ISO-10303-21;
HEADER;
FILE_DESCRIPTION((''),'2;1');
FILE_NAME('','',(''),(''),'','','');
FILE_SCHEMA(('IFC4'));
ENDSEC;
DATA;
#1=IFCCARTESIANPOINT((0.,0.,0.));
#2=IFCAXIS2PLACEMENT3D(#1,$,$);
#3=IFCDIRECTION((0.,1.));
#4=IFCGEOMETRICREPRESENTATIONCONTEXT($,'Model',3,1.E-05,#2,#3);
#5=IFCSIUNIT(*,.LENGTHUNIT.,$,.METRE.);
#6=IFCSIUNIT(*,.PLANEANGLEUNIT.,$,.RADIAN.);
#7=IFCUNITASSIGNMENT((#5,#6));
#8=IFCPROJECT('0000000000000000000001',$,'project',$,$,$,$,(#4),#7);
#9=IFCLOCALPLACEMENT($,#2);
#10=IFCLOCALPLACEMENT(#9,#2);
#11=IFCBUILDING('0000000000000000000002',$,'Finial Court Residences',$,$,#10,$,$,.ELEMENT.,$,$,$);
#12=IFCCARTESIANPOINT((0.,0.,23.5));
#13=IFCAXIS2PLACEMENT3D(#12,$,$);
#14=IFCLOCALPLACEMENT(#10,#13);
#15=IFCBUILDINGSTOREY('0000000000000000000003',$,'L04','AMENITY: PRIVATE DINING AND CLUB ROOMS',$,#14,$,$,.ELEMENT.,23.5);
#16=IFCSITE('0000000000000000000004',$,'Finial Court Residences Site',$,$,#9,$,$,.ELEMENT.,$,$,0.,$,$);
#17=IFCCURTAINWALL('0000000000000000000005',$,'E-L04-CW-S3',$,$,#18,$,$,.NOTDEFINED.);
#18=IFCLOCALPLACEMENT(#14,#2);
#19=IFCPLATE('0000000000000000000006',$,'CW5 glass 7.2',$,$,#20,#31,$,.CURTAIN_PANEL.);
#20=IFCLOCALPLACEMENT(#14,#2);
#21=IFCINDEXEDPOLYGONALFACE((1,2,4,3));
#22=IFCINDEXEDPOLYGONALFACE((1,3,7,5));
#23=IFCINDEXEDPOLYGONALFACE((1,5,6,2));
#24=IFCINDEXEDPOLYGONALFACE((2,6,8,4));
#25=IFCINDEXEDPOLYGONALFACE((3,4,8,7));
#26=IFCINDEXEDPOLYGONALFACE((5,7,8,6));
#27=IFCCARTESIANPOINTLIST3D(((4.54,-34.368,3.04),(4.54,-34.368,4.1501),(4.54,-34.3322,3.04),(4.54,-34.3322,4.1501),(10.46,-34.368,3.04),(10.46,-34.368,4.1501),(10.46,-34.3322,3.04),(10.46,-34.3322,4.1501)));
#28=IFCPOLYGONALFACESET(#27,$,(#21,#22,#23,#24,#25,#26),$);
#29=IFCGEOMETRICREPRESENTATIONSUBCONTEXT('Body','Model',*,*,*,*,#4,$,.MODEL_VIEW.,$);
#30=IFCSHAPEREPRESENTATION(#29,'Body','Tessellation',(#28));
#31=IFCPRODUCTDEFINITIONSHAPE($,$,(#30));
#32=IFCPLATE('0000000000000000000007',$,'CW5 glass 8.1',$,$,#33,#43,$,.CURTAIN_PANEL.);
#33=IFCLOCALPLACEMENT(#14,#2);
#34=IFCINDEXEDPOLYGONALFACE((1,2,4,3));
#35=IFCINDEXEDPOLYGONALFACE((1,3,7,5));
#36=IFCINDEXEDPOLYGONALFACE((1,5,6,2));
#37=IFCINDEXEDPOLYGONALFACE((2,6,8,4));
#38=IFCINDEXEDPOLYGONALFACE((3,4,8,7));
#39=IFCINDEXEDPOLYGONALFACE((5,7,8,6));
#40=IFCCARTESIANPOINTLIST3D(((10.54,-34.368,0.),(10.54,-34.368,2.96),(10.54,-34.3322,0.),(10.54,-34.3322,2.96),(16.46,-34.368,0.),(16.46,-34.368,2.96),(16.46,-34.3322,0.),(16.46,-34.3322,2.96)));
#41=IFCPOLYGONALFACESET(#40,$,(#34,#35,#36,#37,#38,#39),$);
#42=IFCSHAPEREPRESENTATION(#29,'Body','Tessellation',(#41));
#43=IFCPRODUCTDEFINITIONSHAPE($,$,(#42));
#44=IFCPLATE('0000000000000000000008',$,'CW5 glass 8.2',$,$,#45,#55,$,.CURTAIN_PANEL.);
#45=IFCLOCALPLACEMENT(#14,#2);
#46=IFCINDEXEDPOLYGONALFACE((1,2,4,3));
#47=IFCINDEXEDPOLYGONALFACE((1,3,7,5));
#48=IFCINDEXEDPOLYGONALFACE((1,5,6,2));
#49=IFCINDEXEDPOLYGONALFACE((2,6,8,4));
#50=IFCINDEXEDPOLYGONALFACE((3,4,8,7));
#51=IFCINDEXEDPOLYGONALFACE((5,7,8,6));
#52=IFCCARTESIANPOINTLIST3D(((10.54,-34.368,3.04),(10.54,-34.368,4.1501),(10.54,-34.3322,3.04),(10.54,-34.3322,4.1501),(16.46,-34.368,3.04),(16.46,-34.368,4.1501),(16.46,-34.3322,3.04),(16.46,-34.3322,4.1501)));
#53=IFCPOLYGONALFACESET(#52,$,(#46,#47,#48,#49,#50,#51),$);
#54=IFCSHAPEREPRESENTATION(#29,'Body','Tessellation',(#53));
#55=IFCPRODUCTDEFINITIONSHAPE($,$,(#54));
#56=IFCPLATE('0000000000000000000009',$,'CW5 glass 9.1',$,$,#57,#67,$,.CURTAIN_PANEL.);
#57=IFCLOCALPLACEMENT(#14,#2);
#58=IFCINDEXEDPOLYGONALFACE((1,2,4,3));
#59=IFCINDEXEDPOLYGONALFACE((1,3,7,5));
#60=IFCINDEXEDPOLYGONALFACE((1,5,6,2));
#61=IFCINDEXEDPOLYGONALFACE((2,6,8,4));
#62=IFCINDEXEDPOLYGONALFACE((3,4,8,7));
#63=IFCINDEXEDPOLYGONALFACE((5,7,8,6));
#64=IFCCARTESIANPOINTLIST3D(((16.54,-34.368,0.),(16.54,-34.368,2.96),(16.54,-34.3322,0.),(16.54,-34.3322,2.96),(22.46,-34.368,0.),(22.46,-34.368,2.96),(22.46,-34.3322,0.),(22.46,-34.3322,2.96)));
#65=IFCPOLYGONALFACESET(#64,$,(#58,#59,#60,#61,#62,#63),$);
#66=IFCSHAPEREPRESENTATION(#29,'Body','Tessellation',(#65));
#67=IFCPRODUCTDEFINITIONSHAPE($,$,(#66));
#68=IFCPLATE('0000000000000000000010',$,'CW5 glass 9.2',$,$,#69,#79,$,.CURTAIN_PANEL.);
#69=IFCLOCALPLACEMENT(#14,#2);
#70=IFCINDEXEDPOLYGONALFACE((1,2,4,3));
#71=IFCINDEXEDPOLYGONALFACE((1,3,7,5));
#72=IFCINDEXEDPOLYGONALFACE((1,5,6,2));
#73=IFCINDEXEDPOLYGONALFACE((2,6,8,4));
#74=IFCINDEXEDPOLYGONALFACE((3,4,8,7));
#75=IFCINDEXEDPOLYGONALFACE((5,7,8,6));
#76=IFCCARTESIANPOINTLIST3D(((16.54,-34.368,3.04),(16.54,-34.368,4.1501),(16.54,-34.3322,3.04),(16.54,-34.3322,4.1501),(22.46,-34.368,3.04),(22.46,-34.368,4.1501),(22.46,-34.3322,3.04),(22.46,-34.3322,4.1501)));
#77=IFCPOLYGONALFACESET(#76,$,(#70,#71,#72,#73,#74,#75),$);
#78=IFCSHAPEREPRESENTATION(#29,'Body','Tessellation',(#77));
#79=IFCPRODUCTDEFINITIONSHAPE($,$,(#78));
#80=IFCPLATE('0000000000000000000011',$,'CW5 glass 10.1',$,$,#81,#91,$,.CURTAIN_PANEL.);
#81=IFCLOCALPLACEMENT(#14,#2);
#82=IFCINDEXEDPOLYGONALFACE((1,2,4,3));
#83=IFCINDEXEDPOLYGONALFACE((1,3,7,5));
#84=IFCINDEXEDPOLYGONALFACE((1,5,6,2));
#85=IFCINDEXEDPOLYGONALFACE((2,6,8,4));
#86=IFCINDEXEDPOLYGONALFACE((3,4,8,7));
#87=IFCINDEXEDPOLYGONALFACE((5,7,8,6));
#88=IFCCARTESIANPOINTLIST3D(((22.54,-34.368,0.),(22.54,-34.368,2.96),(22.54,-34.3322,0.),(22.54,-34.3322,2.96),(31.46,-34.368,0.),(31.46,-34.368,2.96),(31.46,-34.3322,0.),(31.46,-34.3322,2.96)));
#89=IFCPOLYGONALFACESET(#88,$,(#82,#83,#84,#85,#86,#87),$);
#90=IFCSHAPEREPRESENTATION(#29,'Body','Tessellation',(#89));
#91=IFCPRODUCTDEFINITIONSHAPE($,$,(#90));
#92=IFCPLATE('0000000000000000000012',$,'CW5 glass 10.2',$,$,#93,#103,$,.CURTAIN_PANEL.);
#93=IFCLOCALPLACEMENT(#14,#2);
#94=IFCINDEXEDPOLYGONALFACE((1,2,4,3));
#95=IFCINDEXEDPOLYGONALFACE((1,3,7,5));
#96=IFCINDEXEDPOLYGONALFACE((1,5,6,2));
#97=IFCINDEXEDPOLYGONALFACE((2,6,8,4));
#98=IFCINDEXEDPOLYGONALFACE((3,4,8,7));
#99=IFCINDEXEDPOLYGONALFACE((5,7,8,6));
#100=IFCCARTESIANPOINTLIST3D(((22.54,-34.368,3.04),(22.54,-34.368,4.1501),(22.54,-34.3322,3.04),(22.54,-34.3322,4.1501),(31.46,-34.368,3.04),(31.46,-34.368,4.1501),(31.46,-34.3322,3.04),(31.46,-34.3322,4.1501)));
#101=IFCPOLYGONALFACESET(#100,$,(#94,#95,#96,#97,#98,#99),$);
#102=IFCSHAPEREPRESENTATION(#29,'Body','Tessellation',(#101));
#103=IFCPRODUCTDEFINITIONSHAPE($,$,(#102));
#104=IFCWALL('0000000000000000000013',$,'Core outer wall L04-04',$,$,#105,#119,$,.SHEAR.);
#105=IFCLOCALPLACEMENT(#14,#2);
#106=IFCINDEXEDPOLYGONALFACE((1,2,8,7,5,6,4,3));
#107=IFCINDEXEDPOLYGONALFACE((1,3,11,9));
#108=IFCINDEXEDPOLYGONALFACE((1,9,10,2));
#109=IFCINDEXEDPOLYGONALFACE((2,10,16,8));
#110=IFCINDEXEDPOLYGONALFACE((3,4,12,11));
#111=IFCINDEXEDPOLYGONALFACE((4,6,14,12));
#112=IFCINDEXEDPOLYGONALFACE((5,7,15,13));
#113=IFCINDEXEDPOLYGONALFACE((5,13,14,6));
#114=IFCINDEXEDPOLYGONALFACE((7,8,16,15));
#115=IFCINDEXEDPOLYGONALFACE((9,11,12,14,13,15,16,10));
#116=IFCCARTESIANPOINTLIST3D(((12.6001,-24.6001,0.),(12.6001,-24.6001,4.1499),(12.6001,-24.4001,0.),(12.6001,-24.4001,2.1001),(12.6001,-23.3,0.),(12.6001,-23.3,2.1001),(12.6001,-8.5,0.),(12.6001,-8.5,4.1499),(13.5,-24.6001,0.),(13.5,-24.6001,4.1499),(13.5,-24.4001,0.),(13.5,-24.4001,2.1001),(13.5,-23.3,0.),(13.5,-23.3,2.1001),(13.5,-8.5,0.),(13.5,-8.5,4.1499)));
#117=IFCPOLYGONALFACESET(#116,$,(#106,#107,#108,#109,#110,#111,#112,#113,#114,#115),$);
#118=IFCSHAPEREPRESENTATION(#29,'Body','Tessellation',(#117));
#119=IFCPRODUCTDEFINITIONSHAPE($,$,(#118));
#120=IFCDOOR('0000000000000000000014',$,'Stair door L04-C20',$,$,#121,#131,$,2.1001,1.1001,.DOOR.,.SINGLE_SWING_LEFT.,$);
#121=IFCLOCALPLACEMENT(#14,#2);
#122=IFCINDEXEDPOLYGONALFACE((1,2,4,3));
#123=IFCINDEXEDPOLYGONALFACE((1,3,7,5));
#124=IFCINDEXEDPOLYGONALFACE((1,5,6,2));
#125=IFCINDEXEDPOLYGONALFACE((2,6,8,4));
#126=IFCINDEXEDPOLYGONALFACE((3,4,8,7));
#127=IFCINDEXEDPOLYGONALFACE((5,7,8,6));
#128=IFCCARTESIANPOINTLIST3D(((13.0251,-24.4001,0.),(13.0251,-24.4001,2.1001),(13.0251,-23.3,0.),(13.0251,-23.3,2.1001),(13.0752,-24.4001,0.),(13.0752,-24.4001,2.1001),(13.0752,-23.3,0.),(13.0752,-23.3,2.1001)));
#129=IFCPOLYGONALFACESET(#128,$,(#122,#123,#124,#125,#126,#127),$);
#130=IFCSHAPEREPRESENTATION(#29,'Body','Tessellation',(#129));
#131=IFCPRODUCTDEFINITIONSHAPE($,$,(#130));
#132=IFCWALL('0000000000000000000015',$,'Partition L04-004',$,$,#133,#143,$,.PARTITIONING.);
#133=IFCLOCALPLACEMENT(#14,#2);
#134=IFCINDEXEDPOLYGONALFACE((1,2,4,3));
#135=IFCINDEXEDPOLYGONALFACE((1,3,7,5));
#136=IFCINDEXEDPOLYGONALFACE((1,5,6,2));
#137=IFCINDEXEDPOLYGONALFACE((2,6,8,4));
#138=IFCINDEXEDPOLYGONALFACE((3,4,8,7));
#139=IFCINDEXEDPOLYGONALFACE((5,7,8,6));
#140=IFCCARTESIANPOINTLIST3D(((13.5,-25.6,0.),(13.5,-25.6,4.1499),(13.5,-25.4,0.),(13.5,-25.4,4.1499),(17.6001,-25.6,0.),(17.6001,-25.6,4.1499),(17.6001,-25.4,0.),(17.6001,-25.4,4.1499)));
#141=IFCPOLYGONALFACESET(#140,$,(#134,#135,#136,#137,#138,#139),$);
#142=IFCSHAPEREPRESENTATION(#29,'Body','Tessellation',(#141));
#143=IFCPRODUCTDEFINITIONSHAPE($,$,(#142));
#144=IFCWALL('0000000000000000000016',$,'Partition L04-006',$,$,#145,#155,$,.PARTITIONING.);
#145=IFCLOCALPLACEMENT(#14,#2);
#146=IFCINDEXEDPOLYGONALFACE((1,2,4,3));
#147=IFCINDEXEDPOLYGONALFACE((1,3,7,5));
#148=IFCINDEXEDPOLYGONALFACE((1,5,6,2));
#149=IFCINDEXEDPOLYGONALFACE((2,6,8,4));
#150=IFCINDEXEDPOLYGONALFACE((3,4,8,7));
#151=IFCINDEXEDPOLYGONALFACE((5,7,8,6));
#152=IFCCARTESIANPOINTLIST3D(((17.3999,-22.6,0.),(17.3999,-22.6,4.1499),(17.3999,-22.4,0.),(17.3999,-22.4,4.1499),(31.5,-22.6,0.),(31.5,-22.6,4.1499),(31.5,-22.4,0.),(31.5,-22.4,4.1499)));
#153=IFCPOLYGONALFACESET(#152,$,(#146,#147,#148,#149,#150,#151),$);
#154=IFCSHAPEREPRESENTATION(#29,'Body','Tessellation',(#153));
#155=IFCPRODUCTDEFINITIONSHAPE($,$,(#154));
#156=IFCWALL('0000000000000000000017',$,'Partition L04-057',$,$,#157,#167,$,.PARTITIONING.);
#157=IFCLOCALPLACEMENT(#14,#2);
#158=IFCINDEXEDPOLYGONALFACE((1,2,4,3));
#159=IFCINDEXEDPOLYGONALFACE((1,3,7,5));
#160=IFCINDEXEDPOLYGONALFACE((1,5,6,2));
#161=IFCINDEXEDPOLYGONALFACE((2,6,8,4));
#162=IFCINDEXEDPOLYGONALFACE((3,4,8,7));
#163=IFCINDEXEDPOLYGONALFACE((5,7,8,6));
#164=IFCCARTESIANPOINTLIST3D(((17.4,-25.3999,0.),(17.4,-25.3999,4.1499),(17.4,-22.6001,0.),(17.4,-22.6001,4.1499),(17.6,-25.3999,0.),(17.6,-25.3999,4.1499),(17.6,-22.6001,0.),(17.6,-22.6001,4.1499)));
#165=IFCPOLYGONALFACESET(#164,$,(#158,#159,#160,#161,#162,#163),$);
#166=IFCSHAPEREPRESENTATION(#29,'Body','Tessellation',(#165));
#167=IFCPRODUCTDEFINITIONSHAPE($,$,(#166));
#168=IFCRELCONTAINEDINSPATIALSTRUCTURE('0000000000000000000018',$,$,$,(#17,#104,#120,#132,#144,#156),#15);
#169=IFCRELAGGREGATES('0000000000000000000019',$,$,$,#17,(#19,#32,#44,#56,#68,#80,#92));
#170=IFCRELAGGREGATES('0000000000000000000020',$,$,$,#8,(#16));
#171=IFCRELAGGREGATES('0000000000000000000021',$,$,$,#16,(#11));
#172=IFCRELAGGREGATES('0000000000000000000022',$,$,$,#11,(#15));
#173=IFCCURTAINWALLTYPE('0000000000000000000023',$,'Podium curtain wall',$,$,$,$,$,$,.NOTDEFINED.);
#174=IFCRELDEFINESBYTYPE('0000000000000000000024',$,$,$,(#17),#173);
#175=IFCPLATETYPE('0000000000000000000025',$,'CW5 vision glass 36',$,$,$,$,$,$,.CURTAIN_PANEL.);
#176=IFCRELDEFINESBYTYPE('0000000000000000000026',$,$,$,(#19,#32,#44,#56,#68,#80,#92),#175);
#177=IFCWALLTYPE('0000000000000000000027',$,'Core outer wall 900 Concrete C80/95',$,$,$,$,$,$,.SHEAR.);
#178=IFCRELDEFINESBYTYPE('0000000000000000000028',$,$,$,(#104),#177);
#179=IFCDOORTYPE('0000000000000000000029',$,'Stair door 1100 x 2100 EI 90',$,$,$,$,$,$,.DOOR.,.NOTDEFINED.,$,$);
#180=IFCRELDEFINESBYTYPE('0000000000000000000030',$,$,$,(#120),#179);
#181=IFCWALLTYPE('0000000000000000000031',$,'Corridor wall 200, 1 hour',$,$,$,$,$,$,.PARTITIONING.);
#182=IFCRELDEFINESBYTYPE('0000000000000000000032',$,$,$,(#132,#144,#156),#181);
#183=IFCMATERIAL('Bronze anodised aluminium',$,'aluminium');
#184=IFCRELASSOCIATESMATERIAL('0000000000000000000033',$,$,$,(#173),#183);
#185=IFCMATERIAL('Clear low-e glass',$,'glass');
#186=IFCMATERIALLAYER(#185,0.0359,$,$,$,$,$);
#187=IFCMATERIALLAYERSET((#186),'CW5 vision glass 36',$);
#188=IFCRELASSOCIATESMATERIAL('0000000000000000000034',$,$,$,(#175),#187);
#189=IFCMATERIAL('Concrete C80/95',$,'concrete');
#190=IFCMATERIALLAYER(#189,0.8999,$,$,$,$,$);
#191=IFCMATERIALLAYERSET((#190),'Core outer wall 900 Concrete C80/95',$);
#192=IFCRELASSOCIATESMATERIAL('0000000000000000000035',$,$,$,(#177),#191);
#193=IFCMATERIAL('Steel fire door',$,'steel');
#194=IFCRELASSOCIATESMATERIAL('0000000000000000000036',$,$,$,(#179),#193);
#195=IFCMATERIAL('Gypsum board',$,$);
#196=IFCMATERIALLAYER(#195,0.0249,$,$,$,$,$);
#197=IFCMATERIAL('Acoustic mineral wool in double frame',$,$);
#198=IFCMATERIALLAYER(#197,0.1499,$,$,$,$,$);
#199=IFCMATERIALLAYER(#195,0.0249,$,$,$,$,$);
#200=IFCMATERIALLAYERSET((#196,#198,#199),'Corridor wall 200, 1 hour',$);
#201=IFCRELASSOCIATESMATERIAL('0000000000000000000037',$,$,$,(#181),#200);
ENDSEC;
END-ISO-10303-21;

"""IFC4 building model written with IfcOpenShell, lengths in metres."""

from ifc_helpers import new_model, si_unit, direction, frame, frame_2d, origin, origin_2d, place, context, subcontext, project, spatial, rectangle, extrude, material, layer, layer_set, type_object, element, fill, aggregate, save


model = new_model("IFC4")

# Units and contexts
model_context = context("Model", 3, precision=1e-05, world=origin(), true_north=direction((0.0, 1.0)))
body_context = subcontext(model_context, "Body", "Model", "MODEL_VIEW")
ifc_project = project(units=[si_unit("LENGTHUNIT", "METRE"), si_unit("PLANEANGLEUNIT", "RADIAN")], contexts=[model_context])

# Site, building, storey
site_placement = place(None, origin())
site = spatial("IfcSite", under=ifc_project, at=site_placement, Name="Finial Court Residences Site", CompositionType="ELEMENT", RefElevation=0.0)
building_placement = place(site_placement, origin())
building = spatial("IfcBuilding", under=site, at=building_placement, Name="Finial Court Residences", CompositionType="ELEMENT")
storey_placement = place(building_placement, frame((0.0, 0.0, 23.5)))
storey = spatial("IfcBuildingStorey", under=building, at=storey_placement, Name="L04", Description="AMENITY: PRIVATE DINING AND CLUB ROOMS", CompositionType="ELEMENT", Elevation=23.5)

# Shared definitions
ifc_material_1 = material(Name="Concrete C80/95", Category="concrete")

# Curtain wall, plates
ifc_material_2 = material(Name="Bronze anodised aluminium", Category="aluminium")
curtain_wall_type = type_object("IfcCurtainWallType", Name="Podium curtain wall", PredefinedType="NOTDEFINED", material=ifc_material_2)
curtain_wall_placement = place(storey_placement, origin())
curtain_wall = element("IfcCurtainWall", 1, at=curtain_wall_placement, inside=storey, type_object=curtain_wall_type, Name="E-L04-CW-S3", PredefinedType="NOTDEFINED")
ifc_material_3 = material(Name="Clear low-e glass", Category="glass")
ifc_layer_1 = layer(ifc_material_3, 0.0359)
ifc_layer_set_1 = layer_set([ifc_layer_1], Name="CW5 vision glass 36")
plate_type = type_object("IfcPlateType", Name="CW5 vision glass 36", PredefinedType="CURTAIN_PANEL", material=ifc_layer_set_1)
plate_1_placement = place(storey_placement, frame((7.5, -34.3501, 3.04), z_axis=(0.0, 0.0, 1.0), x_axis=(1.0, 0.0, 0.0)))
plate_1 = element("IfcPlate", 2, at=plate_1_placement, type_object=plate_type, Name="CW5 glass 7.2", PredefinedType="CURTAIN_PANEL", context=body_context, shape_type="SweptSolid", body=[
    extrude(rectangle(XDim=5.9199, YDim=0.0359, at=origin_2d()), origin(), (0.0, 0.0, 1.0), 1.1101),
])
plate_2_placement = place(storey_placement, frame((13.5, -34.3501, 0.0), z_axis=(0.0, 0.0, 1.0), x_axis=(1.0, 0.0, 0.0)))
plate_2 = element("IfcPlate", 3, at=plate_2_placement, type_object=plate_type, Name="CW5 glass 8.1", PredefinedType="CURTAIN_PANEL", context=body_context, shape_type="SweptSolid", body=[
    extrude(rectangle(XDim=5.9199, YDim=0.0359, at=origin_2d()), origin(), (0.0, 0.0, 1.0), 2.96),
])
plate_3_placement = place(storey_placement, frame((13.5, -34.3501, 3.04), z_axis=(0.0, 0.0, 1.0), x_axis=(1.0, 0.0, 0.0)))
plate_3 = element("IfcPlate", 4, at=plate_3_placement, type_object=plate_type, Name="CW5 glass 8.2", PredefinedType="CURTAIN_PANEL", context=body_context, shape_type="SweptSolid", body=[
    extrude(rectangle(XDim=5.9199, YDim=0.0359, at=origin_2d()), origin(), (0.0, 0.0, 1.0), 1.1101),
])
plate_4_placement = place(storey_placement, frame((19.5, -34.3501, 0.0), z_axis=(0.0, 0.0, 1.0), x_axis=(1.0, 0.0, 0.0)))
plate_4 = element("IfcPlate", 5, at=plate_4_placement, type_object=plate_type, Name="CW5 glass 9.1", PredefinedType="CURTAIN_PANEL", context=body_context, shape_type="SweptSolid", body=[
    extrude(rectangle(XDim=5.9199, YDim=0.0359, at=origin_2d()), origin(), (0.0, 0.0, 1.0), 2.96),
])
plate_5_placement = place(storey_placement, frame((19.5, -34.3501, 3.04), z_axis=(0.0, 0.0, 1.0), x_axis=(1.0, 0.0, 0.0)))
plate_5 = element("IfcPlate", 6, at=plate_5_placement, type_object=plate_type, Name="CW5 glass 9.2", PredefinedType="CURTAIN_PANEL", context=body_context, shape_type="SweptSolid", body=[
    extrude(rectangle(XDim=5.9199, YDim=0.0359, at=origin_2d()), origin(), (0.0, 0.0, 1.0), 1.1101),
])
plate_6_placement = place(storey_placement, frame((27.0, -34.3501, 0.0), z_axis=(0.0, 0.0, 1.0), x_axis=(1.0, 0.0, 0.0)))
plate_6 = element("IfcPlate", 7, at=plate_6_placement, type_object=plate_type, Name="CW5 glass 10.1", PredefinedType="CURTAIN_PANEL", context=body_context, shape_type="SweptSolid", body=[
    extrude(rectangle(XDim=8.9199, YDim=0.0359, at=origin_2d()), origin(), (0.0, 0.0, 1.0), 2.96),
])
plate_7_placement = place(storey_placement, frame((27.0, -34.3501, 3.04), z_axis=(0.0, 0.0, 1.0), x_axis=(1.0, 0.0, 0.0)))
plate_7 = element("IfcPlate", 8, at=plate_7_placement, type_object=plate_type, Name="CW5 glass 10.2", PredefinedType="CURTAIN_PANEL", context=body_context, shape_type="SweptSolid", body=[
    extrude(rectangle(XDim=8.9199, YDim=0.0359, at=origin_2d()), origin(), (0.0, 0.0, 1.0), 1.1101),
])
aggregate(curtain_wall, [plate_1, plate_2, plate_3, plate_4, plate_5, plate_6, plate_7])

# Wall, opening, door
ifc_layer_2 = layer(ifc_material_1, 0.8999)
ifc_layer_set_2 = layer_set([ifc_layer_2], Name="Core outer wall 900 Concrete C80/95")
wall_type_1 = type_object("IfcWallType", Name="Core outer wall 900 Concrete C80/95", PredefinedType="SHEAR", material=ifc_layer_set_2)
wall_1_placement = place(storey_placement, frame((13.05, -24.6001, 0.0), z_axis=(0.0, 0.0, 1.0), x_axis=(0.0, 1.0, 0.0)))
wall_1 = element("IfcWall", 9, at=wall_1_placement, inside=storey, type_object=wall_type_1, Name="Core outer wall L04-04", PredefinedType="SHEAR", context=body_context, shape_type="SweptSolid", body=[
    extrude(rectangle(XDim=16.1001, YDim=0.8999, at=frame_2d((8.05, 0.0))), origin(), (0.0, 0.0, 1.0), 4.1499),
])
opening_1_placement = place(wall_1_placement, frame((0.2, 0.0, 0.0)))
opening_1 = element("IfcOpeningElement", 10, at=opening_1_placement, cuts=wall_1, PredefinedType="OPENING", context=body_context, shape_type="SweptSolid", body=[
    extrude(rectangle(XDim=1.1001, YDim=2.1001, at=frame_2d((0.55, 1.05))), frame((0.0, 0.46, 0.0), z_axis=(0.0, -1.0, 0.0), x_axis=(1.0, 0.0, 0.0)), (0.0, 0.0, 1.0), 0.9199),
])
ifc_material_4 = material(Name="Steel fire door", Category="steel")
door_type_1 = type_object("IfcDoorType", Name="Stair door 1100 x 2100 EI 90", OperationType="NOTDEFINED", PredefinedType="DOOR", material=ifc_material_4)
door_1_placement = place(opening_1_placement, origin())
door_1 = element("IfcDoor", 11, at=door_1_placement, inside=storey, type_object=door_type_1, Name="Stair door L04-C20", OperationType="SINGLE_SWING_LEFT", OverallHeight=2.1001, OverallWidth=1.1001, PredefinedType="DOOR", context=body_context, shape_type="SweptSolid", body=[
    extrude(rectangle(XDim=1.1001, YDim=2.1001, at=frame_2d((0.55, 1.05))), frame((0.0, 0.0249, 0.0), z_axis=(0.0, -1.0, 0.0), x_axis=(1.0, 0.0, 0.0)), (0.0, 0.0, 1.0), 0.05),
])
fill(opening_1, door_1)

# Walls
ifc_material_5 = material(Name="Gypsum board")
ifc_layer_3 = layer(ifc_material_5, 0.0249)
ifc_material_6 = material(Name="Acoustic mineral wool in double frame")
ifc_layer_4 = layer(ifc_material_6, 0.1499)
ifc_layer_5 = layer(ifc_material_5, 0.0249)
ifc_layer_set_3 = layer_set([ifc_layer_3, ifc_layer_4, ifc_layer_5], Name="Corridor wall 200, 1 hour")
wall_type_2 = type_object("IfcWallType", Name="Corridor wall 200, 1 hour", PredefinedType="PARTITIONING", material=ifc_layer_set_3)
wall_2_placement = place(storey_placement, frame((13.5, -25.5, 0.0), z_axis=(0.0, 0.0, 1.0), x_axis=(1.0, 0.0, 0.0)))
element("IfcWall", 12, at=wall_2_placement, inside=storey, type_object=wall_type_2, Name="Partition L04-004", PredefinedType="PARTITIONING", context=body_context, shape_type="SweptSolid", body=[
    extrude(rectangle(XDim=4.1001, YDim=0.2, at=frame_2d((2.05, 0.0))), origin(), (0.0, 0.0, 1.0), 4.1499),
])
wall_3_placement = place(storey_placement, frame((17.3999, -22.5, 0.0), z_axis=(0.0, 0.0, 1.0), x_axis=(1.0, 0.0, 0.0)))
element("IfcWall", 13, at=wall_3_placement, inside=storey, type_object=wall_type_2, Name="Partition L04-006", PredefinedType="PARTITIONING", context=body_context, shape_type="SweptSolid", body=[
    extrude(rectangle(XDim=14.1001, YDim=0.2, at=frame_2d((7.05, 0.0))), origin(), (0.0, 0.0, 1.0), 4.1499),
])
wall_4_placement = place(storey_placement, frame((17.5, -25.3999, 0.0), z_axis=(0.0, 0.0, 1.0), x_axis=(0.0, 1.0, 0.0)))
element("IfcWall", 14, at=wall_4_placement, inside=storey, type_object=wall_type_2, Name="Partition L04-057", PredefinedType="PARTITIONING", context=body_context, shape_type="SweptSolid", body=[
    extrude(rectangle(XDim=2.7998, YDim=0.2, at=frame_2d((1.3999, 0.0))), origin(), (0.0, 0.0, 1.0), 4.1499),
])

save(model, "model.ifc")
